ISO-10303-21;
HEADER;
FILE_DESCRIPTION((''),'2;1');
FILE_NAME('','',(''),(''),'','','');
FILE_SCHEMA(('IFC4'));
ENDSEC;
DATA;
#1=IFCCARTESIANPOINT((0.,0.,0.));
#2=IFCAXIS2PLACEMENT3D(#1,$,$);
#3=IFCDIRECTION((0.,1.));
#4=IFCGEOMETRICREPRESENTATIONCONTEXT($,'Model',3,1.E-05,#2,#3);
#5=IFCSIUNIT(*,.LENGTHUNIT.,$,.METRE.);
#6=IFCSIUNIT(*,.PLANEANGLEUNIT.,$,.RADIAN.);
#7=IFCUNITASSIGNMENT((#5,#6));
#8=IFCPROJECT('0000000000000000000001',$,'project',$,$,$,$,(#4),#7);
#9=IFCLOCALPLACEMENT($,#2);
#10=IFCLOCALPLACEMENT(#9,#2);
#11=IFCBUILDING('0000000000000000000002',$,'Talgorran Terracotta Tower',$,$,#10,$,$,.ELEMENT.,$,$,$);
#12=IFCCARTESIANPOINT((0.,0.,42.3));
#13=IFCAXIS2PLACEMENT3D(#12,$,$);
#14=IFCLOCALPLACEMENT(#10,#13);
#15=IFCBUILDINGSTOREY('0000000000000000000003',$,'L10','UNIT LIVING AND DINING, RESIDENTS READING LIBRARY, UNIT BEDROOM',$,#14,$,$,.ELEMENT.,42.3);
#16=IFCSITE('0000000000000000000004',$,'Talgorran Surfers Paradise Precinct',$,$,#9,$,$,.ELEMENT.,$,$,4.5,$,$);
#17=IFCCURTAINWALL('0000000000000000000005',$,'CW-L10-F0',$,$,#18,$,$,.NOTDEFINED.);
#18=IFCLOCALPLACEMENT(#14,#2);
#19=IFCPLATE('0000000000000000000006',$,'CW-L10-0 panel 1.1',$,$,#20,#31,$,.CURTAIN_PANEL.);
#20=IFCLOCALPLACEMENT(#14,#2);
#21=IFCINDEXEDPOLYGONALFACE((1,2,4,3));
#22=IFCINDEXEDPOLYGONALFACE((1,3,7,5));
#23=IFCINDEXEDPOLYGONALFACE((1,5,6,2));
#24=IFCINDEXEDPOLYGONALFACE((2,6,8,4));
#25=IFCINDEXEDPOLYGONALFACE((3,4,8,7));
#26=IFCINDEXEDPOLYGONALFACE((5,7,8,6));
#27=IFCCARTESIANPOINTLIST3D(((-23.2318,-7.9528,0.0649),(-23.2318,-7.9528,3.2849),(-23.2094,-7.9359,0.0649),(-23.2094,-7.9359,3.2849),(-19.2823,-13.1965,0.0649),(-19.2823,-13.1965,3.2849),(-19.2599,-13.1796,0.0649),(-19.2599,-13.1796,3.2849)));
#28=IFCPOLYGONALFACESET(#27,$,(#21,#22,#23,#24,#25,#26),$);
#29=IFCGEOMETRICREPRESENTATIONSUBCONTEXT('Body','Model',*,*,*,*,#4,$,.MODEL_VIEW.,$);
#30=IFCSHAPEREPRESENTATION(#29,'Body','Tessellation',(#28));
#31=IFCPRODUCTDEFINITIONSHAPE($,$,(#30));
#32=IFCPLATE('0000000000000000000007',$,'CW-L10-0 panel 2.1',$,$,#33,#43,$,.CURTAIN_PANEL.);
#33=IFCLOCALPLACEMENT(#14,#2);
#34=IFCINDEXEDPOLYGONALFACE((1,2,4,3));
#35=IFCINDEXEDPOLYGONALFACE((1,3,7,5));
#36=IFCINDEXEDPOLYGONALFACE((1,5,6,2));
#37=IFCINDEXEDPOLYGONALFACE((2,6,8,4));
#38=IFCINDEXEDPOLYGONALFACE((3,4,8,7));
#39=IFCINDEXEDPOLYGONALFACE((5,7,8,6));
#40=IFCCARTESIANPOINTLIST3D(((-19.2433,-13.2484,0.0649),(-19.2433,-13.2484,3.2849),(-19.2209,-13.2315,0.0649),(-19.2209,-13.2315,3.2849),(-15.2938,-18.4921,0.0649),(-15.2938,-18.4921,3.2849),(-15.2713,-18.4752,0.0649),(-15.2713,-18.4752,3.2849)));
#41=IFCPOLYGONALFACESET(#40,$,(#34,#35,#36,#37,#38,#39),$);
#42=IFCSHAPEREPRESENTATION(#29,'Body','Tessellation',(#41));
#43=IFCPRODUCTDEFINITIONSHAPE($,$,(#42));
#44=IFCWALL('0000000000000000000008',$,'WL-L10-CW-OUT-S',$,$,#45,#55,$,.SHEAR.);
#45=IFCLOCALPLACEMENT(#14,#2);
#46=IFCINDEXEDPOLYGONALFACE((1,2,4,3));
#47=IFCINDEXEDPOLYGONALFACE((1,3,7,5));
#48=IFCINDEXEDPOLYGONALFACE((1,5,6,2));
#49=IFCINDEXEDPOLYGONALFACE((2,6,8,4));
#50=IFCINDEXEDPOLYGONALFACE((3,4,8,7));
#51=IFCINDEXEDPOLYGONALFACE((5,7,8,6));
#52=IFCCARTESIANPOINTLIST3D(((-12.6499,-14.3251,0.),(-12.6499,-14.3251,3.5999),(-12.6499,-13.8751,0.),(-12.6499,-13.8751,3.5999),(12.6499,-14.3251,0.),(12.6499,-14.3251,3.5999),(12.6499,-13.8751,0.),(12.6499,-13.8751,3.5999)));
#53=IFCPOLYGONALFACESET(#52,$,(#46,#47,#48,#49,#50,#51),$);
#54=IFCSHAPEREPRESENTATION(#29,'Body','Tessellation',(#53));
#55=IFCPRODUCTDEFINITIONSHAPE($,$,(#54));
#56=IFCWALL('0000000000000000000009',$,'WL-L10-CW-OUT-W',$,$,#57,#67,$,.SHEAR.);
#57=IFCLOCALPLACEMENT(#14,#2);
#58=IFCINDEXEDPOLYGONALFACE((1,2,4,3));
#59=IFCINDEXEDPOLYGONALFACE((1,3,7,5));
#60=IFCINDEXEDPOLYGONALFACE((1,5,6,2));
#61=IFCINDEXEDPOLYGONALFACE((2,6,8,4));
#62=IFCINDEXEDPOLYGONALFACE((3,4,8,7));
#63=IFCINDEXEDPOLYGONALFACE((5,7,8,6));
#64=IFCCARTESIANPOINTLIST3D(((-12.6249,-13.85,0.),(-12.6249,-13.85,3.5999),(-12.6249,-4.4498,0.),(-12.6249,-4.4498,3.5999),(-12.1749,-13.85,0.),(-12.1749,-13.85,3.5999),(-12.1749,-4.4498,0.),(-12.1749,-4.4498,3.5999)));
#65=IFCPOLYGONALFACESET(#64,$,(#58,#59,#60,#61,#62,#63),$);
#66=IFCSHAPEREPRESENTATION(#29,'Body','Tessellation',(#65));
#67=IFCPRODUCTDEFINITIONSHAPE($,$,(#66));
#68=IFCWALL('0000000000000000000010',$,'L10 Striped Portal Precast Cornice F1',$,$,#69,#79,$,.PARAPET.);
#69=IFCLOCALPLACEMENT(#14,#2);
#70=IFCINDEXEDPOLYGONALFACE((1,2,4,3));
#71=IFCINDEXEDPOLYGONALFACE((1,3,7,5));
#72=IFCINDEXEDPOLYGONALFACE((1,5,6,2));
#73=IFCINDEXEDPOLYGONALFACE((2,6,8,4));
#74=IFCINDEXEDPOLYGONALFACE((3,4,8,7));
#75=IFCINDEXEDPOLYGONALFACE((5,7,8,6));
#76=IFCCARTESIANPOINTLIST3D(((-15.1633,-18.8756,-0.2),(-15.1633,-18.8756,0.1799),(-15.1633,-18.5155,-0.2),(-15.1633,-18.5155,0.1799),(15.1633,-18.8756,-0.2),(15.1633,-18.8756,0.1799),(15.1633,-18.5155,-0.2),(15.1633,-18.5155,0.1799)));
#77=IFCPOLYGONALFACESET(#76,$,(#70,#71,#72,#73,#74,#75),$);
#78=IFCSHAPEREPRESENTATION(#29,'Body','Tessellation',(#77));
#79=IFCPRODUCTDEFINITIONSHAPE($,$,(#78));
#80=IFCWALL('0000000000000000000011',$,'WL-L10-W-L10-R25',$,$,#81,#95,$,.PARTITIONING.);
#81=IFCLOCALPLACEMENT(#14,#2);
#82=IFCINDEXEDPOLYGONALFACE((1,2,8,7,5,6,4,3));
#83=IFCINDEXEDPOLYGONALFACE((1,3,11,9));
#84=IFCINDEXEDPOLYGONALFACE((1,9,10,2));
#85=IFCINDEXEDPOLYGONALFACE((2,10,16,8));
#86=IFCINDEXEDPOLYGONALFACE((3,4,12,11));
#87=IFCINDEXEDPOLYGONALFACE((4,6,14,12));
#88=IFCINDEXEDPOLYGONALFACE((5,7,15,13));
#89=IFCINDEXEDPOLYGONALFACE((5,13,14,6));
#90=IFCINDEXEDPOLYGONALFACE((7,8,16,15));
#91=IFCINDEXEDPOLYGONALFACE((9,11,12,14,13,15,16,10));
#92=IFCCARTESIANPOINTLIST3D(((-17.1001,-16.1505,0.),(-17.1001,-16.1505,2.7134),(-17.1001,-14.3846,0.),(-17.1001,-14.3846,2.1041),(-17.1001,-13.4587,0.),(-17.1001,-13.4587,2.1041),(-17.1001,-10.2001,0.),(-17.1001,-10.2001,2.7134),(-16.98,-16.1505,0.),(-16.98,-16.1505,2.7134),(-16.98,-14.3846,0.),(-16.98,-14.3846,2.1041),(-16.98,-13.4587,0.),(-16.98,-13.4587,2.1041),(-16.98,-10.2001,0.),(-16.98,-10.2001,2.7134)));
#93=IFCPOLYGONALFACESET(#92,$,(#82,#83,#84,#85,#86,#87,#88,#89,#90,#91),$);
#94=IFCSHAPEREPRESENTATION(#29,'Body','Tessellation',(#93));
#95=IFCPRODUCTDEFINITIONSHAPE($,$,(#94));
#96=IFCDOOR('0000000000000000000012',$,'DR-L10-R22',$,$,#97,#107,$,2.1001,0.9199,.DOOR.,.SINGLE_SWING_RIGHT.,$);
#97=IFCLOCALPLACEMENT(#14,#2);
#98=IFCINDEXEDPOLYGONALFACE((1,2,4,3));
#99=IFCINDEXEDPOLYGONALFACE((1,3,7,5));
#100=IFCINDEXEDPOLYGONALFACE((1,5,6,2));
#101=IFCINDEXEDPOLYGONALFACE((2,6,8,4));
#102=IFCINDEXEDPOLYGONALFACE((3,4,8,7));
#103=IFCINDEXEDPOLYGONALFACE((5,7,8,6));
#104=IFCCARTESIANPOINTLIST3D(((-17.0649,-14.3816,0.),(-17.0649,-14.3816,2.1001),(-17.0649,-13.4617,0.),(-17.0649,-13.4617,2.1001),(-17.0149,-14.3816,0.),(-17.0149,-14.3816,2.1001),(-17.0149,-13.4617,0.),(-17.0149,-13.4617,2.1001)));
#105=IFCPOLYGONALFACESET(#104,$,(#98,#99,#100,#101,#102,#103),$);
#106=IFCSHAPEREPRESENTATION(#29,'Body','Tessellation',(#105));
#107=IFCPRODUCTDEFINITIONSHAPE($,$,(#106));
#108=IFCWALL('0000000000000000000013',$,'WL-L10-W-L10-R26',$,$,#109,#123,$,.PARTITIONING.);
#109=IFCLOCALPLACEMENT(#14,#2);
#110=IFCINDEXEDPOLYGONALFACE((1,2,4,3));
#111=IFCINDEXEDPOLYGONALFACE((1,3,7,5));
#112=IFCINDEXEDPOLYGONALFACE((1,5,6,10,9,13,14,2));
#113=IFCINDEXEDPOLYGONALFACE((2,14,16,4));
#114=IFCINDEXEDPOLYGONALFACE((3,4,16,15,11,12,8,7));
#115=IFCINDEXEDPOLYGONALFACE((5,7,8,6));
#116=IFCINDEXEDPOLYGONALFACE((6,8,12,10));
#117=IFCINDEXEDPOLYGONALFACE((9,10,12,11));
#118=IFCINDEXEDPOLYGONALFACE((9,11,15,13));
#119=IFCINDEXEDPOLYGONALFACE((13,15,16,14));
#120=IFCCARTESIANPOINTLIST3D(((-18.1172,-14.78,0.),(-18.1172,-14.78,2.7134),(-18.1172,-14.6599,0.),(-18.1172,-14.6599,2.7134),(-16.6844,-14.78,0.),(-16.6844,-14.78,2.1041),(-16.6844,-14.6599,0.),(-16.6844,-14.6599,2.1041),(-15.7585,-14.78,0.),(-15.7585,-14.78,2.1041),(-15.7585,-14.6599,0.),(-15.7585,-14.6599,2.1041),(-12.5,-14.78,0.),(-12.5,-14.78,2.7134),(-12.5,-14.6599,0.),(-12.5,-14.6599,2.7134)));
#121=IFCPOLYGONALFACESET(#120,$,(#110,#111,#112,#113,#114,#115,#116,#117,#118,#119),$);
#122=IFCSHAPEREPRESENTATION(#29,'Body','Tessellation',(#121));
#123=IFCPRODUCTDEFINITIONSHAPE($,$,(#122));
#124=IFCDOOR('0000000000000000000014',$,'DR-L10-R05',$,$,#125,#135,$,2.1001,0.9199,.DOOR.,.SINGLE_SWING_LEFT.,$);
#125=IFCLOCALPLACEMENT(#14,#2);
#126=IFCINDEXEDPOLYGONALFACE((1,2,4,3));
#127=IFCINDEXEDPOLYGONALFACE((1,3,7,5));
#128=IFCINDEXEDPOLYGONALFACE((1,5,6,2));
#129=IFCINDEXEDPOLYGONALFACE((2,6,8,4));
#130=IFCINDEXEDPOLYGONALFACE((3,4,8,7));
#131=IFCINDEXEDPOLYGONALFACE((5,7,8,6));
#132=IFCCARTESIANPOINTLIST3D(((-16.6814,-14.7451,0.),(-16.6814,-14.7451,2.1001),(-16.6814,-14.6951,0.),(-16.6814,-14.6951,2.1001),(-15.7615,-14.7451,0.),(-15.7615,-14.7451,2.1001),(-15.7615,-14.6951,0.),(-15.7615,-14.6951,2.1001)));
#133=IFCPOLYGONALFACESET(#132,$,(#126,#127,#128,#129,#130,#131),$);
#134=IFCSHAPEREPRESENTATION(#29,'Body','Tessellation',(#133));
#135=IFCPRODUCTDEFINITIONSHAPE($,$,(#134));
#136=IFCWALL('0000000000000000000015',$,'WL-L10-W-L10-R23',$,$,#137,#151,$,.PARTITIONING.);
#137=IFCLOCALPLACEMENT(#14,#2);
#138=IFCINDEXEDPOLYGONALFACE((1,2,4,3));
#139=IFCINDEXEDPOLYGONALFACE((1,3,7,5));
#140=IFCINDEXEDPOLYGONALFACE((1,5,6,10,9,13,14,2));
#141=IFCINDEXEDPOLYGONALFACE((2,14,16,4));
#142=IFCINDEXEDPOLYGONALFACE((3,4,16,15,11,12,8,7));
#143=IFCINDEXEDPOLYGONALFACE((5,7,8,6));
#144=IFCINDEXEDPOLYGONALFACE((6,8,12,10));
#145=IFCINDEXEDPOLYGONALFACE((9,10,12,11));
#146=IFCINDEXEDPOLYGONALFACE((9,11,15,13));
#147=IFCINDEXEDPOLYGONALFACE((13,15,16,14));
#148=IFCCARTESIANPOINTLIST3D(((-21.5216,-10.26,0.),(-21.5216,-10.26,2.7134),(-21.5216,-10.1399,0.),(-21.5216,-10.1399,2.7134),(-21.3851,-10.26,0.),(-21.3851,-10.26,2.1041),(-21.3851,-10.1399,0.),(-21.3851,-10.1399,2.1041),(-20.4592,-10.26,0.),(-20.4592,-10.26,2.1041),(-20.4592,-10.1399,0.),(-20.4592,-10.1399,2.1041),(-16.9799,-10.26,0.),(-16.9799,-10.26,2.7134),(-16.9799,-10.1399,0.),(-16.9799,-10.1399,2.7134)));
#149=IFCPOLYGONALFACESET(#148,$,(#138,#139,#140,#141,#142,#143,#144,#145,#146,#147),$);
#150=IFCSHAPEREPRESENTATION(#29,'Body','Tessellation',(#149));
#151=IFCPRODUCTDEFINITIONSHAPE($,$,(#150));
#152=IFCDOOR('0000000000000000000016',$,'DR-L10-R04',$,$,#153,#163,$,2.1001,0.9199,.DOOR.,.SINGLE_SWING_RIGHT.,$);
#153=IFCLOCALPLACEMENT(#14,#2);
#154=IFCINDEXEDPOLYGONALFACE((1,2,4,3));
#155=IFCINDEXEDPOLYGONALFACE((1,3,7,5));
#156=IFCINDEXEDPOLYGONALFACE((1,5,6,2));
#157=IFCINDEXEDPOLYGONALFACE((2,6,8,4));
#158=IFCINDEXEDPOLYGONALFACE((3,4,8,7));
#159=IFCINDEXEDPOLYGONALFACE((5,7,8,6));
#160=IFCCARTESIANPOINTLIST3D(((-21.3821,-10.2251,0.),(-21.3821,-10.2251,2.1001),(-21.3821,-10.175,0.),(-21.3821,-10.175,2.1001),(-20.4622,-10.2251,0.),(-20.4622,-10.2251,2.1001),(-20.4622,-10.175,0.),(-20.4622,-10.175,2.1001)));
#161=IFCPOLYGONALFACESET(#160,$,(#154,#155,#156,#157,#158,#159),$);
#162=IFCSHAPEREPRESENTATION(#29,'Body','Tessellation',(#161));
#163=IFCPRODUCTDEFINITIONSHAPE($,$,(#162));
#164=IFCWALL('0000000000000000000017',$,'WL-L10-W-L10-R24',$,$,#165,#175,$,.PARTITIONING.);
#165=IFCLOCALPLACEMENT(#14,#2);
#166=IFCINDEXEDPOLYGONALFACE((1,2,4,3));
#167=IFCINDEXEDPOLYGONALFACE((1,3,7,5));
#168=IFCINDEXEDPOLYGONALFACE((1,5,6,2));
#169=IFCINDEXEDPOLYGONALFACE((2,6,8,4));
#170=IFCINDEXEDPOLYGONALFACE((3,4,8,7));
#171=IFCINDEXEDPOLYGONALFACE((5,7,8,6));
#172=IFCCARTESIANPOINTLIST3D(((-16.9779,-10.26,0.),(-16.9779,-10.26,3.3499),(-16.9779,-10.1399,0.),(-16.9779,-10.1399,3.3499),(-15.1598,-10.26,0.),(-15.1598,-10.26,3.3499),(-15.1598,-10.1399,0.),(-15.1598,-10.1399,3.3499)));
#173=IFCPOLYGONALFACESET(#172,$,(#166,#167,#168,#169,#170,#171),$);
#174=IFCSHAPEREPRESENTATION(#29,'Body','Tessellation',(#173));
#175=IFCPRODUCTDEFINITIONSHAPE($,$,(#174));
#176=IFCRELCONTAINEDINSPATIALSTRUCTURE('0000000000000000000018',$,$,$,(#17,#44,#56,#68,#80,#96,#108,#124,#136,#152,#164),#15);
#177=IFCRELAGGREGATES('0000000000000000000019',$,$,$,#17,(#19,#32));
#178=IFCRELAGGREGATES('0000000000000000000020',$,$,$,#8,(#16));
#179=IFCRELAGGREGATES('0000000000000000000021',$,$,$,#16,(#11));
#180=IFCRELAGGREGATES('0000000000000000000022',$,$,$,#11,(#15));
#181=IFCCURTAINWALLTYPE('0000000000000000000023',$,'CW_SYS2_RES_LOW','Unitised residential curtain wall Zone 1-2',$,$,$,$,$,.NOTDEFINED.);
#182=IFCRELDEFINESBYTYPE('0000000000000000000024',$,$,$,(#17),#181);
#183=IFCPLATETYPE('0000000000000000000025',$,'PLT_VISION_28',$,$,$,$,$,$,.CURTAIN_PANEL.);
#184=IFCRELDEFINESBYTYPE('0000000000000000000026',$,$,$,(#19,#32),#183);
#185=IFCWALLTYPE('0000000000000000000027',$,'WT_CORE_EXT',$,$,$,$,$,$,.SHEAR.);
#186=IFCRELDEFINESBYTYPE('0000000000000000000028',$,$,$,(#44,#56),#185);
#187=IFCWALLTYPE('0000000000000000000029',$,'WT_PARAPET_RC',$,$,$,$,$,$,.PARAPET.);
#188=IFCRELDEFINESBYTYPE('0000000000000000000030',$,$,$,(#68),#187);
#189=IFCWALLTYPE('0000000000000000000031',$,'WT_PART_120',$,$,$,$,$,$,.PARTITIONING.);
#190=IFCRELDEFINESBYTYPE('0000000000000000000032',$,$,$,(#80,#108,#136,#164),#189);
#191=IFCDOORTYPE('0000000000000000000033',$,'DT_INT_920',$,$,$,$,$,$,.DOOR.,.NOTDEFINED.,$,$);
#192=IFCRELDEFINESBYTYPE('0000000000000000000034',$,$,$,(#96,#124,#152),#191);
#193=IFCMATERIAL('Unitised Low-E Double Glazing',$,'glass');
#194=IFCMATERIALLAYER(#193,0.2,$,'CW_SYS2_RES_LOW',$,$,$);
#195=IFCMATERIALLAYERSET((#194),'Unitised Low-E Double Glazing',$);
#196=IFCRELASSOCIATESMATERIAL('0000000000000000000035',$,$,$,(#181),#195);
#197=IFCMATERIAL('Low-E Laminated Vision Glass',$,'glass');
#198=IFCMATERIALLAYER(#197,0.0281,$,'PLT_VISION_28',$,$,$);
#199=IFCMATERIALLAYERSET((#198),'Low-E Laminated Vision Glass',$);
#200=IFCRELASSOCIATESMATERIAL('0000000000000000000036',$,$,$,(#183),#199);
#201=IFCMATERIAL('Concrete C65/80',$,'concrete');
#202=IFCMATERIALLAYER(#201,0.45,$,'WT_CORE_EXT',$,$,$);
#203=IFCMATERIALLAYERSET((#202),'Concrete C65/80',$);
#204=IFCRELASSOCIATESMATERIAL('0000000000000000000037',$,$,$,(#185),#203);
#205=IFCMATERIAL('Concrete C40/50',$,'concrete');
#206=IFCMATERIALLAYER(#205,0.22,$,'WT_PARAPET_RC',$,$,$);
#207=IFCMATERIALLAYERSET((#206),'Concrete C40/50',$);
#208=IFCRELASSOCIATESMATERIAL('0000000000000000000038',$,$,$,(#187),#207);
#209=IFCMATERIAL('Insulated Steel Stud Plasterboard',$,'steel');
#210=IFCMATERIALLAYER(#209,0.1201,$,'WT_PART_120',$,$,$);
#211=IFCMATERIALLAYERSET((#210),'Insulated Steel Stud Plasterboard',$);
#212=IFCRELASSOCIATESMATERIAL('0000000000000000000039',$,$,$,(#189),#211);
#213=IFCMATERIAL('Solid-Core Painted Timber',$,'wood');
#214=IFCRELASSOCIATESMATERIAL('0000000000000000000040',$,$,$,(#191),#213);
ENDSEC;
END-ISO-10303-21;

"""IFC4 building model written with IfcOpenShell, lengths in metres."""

from ifc_helpers import new_model, si_unit, direction, frame, frame_2d, origin, origin_2d, place, context, subcontext, project, spatial, rectangle, extrude, source, transform, mapped, material, layer, layer_set, type_object, type_shapes, element, fill, aggregate, save


model = new_model("IFC4")

# Units and contexts
model_context = context("Model", 3, precision=1e-05, world=origin(), true_north=direction((0.0, 1.0)))
body_context = subcontext(model_context, "Body", "Model", "MODEL_VIEW")
ifc_project = project(units=[si_unit("LENGTHUNIT", "METRE"), si_unit("PLANEANGLEUNIT", "RADIAN")], contexts=[model_context])

# Site, building, storey
site_placement = place(None, origin())
site = spatial("IfcSite", under=ifc_project, at=site_placement, Name="Talgorran Surfers Paradise Precinct", CompositionType="ELEMENT", RefElevation=4.5)
building_placement = place(site_placement, origin())
building = spatial("IfcBuilding", under=site, at=building_placement, Name="Talgorran Terracotta Tower", CompositionType="ELEMENT")
storey_placement = place(building_placement, frame((0.0, 0.0, 42.3)))
storey = spatial("IfcBuildingStorey", under=building, at=storey_placement, Name="L10", Description="UNIT LIVING AND DINING, RESIDENTS READING LIBRARY, UNIT BEDROOM", CompositionType="ELEMENT", Elevation=42.3)

# Curtain wall
ifc_material_1 = material(Name="Unitised Low-E Double Glazing", Category="glass")
ifc_layer_1 = layer(ifc_material_1, 0.2, Name="CW_SYS2_RES_LOW")
ifc_layer_set_1 = layer_set([ifc_layer_1], Name="Unitised Low-E Double Glazing")
curtain_wall_type = type_object("IfcCurtainWallType", Name="CW_SYS2_RES_LOW", Description="Unitised residential curtain wall Zone 1-2", PredefinedType="NOTDEFINED", material=ifc_layer_set_1)
curtain_wall_1_placement = place(storey_placement, origin())
curtain_wall_1 = element("IfcCurtainWall", 1, at=curtain_wall_1_placement, inside=storey, type_object=curtain_wall_type, Name="CW-L10-F0", PredefinedType="NOTDEFINED")

# Plates
ifc_material_2 = material(Name="Low-E Laminated Vision Glass", Category="glass")
ifc_layer_2 = layer(ifc_material_2, 0.0281, Name="PLT_VISION_28")
ifc_layer_set_2 = layer_set([ifc_layer_2], Name="Low-E Laminated Vision Glass")
plate_type = type_object("IfcPlateType", Name="PLT_VISION_28", PredefinedType="CURTAIN_PANEL", material=ifc_layer_set_2)
shared_shape_1 = source(origin(), body_context, "Body", "SweptSolid", [
    extrude(rectangle(XDim=6.5647, YDim=0.0281, at=origin_2d()), origin(), (0.0, 0.0, 1.0), 3.22),
])
type_shapes(plate_type, [shared_shape_1])
plate_1_placement = place(storey_placement, frame((-21.2458, -10.5662, 0.0649), z_axis=(0.0, 0.0, 1.0), x_axis=(0.601632, -0.798774, 0.0)))
plate_1 = element("IfcPlate", 2, at=plate_1_placement, type_object=plate_type, Name="CW-L10-0 panel 1.1", PredefinedType="CURTAIN_PANEL", context=body_context, shape_type="MappedRepresentation", body=[
    mapped(shared_shape_1, transform((0.0, 0.0, 0.0), scale=1.0)),
])
plate_2_placement = place(storey_placement, frame((-17.2573, -15.8618, 0.0649), z_axis=(0.0, 0.0, 1.0), x_axis=(0.601632, -0.798774, 0.0)))
plate_2 = element("IfcPlate", 3, at=plate_2_placement, type_object=plate_type, Name="CW-L10-0 panel 2.1", PredefinedType="CURTAIN_PANEL", context=body_context, shape_type="MappedRepresentation", body=[
    mapped(shared_shape_1, transform((0.0, 0.0, 0.0), scale=1.0)),
])
aggregate(curtain_wall_1, [plate_1, plate_2])

# Walls
ifc_material_3 = material(Name="Concrete C65/80", Category="concrete")
ifc_layer_3 = layer(ifc_material_3, 0.45, Name="WT_CORE_EXT")
ifc_layer_set_3 = layer_set([ifc_layer_3], Name="Concrete C65/80")
wall_type_1 = type_object("IfcWallType", Name="WT_CORE_EXT", PredefinedType="SHEAR", material=ifc_layer_set_3)
wall_1_placement = place(storey_placement, frame((-12.6499, -14.1001, 0.0), z_axis=(0.0, 0.0, 1.0), x_axis=(1.0, 0.0, 0.0)))
element("IfcWall", 4, at=wall_1_placement, inside=storey, type_object=wall_type_1, Name="WL-L10-CW-OUT-S", PredefinedType="SHEAR", context=body_context, shape_type="SweptSolid", body=[
    extrude(rectangle(XDim=25.2998, YDim=0.45, at=frame_2d((12.6499, 0.0))), origin(), (0.0, 0.0, 1.0), 3.5999),
])
wall_2_placement = place(storey_placement, frame((-12.3999, -13.8501, 0.0), z_axis=(0.0, 0.0, 1.0), x_axis=(0.0, 1.0, 0.0)))
element("IfcWall", 5, at=wall_2_placement, inside=storey, type_object=wall_type_1, Name="WL-L10-CW-OUT-W", PredefinedType="SHEAR", context=body_context, shape_type="SweptSolid", body=[
    extrude(rectangle(XDim=9.4001, YDim=0.45, at=frame_2d((4.7002, 0.0))), origin(), (0.0, 0.0, 1.0), 3.5999),
])
ifc_material_4 = material(Name="Concrete C40/50", Category="concrete")
ifc_layer_4 = layer(ifc_material_4, 0.22, Name="WT_PARAPET_RC")
ifc_layer_set_4 = layer_set([ifc_layer_4], Name="Concrete C40/50")
wall_type_2 = type_object("IfcWallType", Name="WT_PARAPET_RC", PredefinedType="PARAPET", material=ifc_layer_set_4)
wall_3_placement = place(storey_placement, frame((-15.1633, -18.6956, -0.2), z_axis=(0.0, 0.0, 1.0), x_axis=(1.0, 0.0, 0.0)))
element("IfcWall", 6, at=wall_3_placement, inside=storey, type_object=wall_type_2, Name="L10 Striped Portal Precast Cornice F1", PredefinedType="PARAPET", context=body_context, shape_type="SweptSolid", body=[
    extrude(rectangle(XDim=30.3267, YDim=0.3601, at=frame_2d((15.1633, 0.0))), origin(), (0.0, 0.0, 1.0), 0.3799),
])

# Walls, openings, doors
ifc_material_5 = material(Name="Insulated Steel Stud Plasterboard", Category="steel")
ifc_layer_5 = layer(ifc_material_5, 0.1201, Name="WT_PART_120")
ifc_layer_set_5 = layer_set([ifc_layer_5], Name="Insulated Steel Stud Plasterboard")
wall_type_3 = type_object("IfcWallType", Name="WT_PART_120", PredefinedType="PARTITIONING", material=ifc_layer_set_5)
wall_4_placement = place(storey_placement, frame((-17.04, -16.1504, 0.0), z_axis=(0.0, 0.0, 1.0), x_axis=(0.0, 1.0, 0.0)))
wall_4 = element("IfcWall", 7, at=wall_4_placement, inside=storey, type_object=wall_type_3, Name="WL-L10-W-L10-R25", PredefinedType="PARTITIONING", context=body_context, shape_type="SweptSolid", body=[
    extrude(rectangle(XDim=5.9504, YDim=0.1201, at=frame_2d((2.9751, 0.0))), origin(), (0.0, 0.0, 1.0), 2.7134),
])
opening_1_placement = place(wall_4_placement, frame((1.7688, 0.0, 0.0)))
opening_1 = element("IfcOpeningElement", 8, at=opening_1_placement, cuts=wall_4, PredefinedType="OPENING", context=body_context, shape_type="SweptSolid", body=[
    extrude(rectangle(XDim=0.9259, YDim=2.1041, at=frame_2d((0.46, 1.052))), frame((0.0, 0.0701, 0.0), z_axis=(0.0, -1.0, 0.0), x_axis=(1.0, 0.0, 0.0)), (0.0, 0.0, 1.0), 0.1401),
])
ifc_material_6 = material(Name="Solid-Core Painted Timber", Category="wood")
door_type = type_object("IfcDoorType", Name="DT_INT_920", OperationType="NOTDEFINED", PredefinedType="DOOR", material=ifc_material_6)
door_1_placement = place(opening_1_placement, origin())
door_1 = element("IfcDoor", 9, at=door_1_placement, inside=storey, type_object=door_type, Name="DR-L10-R22", OperationType="SINGLE_SWING_RIGHT", OverallHeight=2.1001, OverallWidth=0.9199, PredefinedType="DOOR", context=body_context, shape_type="SweptSolid", body=[
    extrude(rectangle(XDim=0.9199, YDim=2.1001, at=frame_2d((0.46, 1.05))), frame((0.0, 0.0249, 0.0), z_axis=(0.0, -1.0, 0.0), x_axis=(1.0, 0.0, 0.0)), (0.0, 0.0, 1.0), 0.05),
])
fill(opening_1, door_1)
wall_5_placement = place(storey_placement, frame((-18.1172, -14.72, 0.0), z_axis=(0.0, 0.0, 1.0), x_axis=(1.0, 0.0, 0.0)))
wall_5 = element("IfcWall", 10, at=wall_5_placement, inside=storey, type_object=wall_type_3, Name="WL-L10-W-L10-R26", PredefinedType="PARTITIONING", context=body_context, shape_type="SweptSolid", body=[
    extrude(rectangle(XDim=5.6172, YDim=0.1201, at=frame_2d((2.8086, 0.0))), origin(), (0.0, 0.0, 1.0), 2.7134),
])
opening_2_placement = place(wall_5_placement, frame((1.4358, 0.0, 0.0)))
opening_2 = element("IfcOpeningElement", 11, at=opening_2_placement, cuts=wall_5, PredefinedType="OPENING", context=body_context, shape_type="SweptSolid", body=[
    extrude(rectangle(XDim=0.9259, YDim=2.1041, at=frame_2d((0.46, 1.052))), frame((0.0, 0.0701, 0.0), z_axis=(0.0, -1.0, 0.0), x_axis=(1.0, 0.0, 0.0)), (0.0, 0.0, 1.0), 0.1401),
])
door_2_placement = place(opening_2_placement, origin())
door_2 = element("IfcDoor", 12, at=door_2_placement, inside=storey, type_object=door_type, Name="DR-L10-R05", OperationType="SINGLE_SWING_LEFT", OverallHeight=2.1001, OverallWidth=0.9199, PredefinedType="DOOR", context=body_context, shape_type="SweptSolid", body=[
    extrude(rectangle(XDim=0.9199, YDim=2.1001, at=frame_2d((0.46, 1.05))), frame((0.0, 0.0249, 0.0), z_axis=(0.0, -1.0, 0.0), x_axis=(1.0, 0.0, 0.0)), (0.0, 0.0, 1.0), 0.05),
])
fill(opening_2, door_2)
wall_6_placement = place(storey_placement, frame((-21.5217, -10.2, 0.0), z_axis=(0.0, 0.0, 1.0), x_axis=(1.0, 0.0, 0.0)))
wall_6 = element("IfcWall", 13, at=wall_6_placement, inside=storey, type_object=wall_type_3, Name="WL-L10-W-L10-R23", PredefinedType="PARTITIONING", context=body_context, shape_type="SweptSolid", body=[
    extrude(rectangle(XDim=4.5417, YDim=0.1201, at=frame_2d((2.271, 0.0))), origin(), (0.0, 0.0, 1.0), 2.7134),
])
opening_3_placement = place(wall_6_placement, frame((0.1396, 0.0, 0.0)))
opening_3 = element("IfcOpeningElement", 14, at=opening_3_placement, cuts=wall_6, PredefinedType="OPENING", context=body_context, shape_type="SweptSolid", body=[
    extrude(rectangle(XDim=0.9259, YDim=2.1041, at=frame_2d((0.46, 1.052))), frame((0.0, 0.0701, 0.0), z_axis=(0.0, -1.0, 0.0), x_axis=(1.0, 0.0, 0.0)), (0.0, 0.0, 1.0), 0.1401),
])
door_3_placement = place(opening_3_placement, origin())
door_3 = element("IfcDoor", 15, at=door_3_placement, inside=storey, type_object=door_type, Name="DR-L10-R04", OperationType="SINGLE_SWING_RIGHT", OverallHeight=2.1001, OverallWidth=0.9199, PredefinedType="DOOR", context=body_context, shape_type="SweptSolid", body=[
    extrude(rectangle(XDim=0.9199, YDim=2.1001, at=frame_2d((0.46, 1.05))), frame((0.0, 0.0249, 0.0), z_axis=(0.0, -1.0, 0.0), x_axis=(1.0, 0.0, 0.0)), (0.0, 0.0, 1.0), 0.05),
])
fill(opening_3, door_3)

# Wall
wall_7_placement = place(storey_placement, frame((-16.978, -10.2, 0.0), z_axis=(0.0, 0.0, 1.0), x_axis=(1.0, 0.0, 0.0)))
element("IfcWall", 16, at=wall_7_placement, inside=storey, type_object=wall_type_3, Name="WL-L10-W-L10-R24", PredefinedType="PARTITIONING", context=body_context, shape_type="SweptSolid", body=[
    extrude(rectangle(XDim=1.8181, YDim=0.1201, at=frame_2d((0.9092, 0.0))), origin(), (0.0, 0.0, 1.0), 3.3499),
])

save(model, "model.ifc")
